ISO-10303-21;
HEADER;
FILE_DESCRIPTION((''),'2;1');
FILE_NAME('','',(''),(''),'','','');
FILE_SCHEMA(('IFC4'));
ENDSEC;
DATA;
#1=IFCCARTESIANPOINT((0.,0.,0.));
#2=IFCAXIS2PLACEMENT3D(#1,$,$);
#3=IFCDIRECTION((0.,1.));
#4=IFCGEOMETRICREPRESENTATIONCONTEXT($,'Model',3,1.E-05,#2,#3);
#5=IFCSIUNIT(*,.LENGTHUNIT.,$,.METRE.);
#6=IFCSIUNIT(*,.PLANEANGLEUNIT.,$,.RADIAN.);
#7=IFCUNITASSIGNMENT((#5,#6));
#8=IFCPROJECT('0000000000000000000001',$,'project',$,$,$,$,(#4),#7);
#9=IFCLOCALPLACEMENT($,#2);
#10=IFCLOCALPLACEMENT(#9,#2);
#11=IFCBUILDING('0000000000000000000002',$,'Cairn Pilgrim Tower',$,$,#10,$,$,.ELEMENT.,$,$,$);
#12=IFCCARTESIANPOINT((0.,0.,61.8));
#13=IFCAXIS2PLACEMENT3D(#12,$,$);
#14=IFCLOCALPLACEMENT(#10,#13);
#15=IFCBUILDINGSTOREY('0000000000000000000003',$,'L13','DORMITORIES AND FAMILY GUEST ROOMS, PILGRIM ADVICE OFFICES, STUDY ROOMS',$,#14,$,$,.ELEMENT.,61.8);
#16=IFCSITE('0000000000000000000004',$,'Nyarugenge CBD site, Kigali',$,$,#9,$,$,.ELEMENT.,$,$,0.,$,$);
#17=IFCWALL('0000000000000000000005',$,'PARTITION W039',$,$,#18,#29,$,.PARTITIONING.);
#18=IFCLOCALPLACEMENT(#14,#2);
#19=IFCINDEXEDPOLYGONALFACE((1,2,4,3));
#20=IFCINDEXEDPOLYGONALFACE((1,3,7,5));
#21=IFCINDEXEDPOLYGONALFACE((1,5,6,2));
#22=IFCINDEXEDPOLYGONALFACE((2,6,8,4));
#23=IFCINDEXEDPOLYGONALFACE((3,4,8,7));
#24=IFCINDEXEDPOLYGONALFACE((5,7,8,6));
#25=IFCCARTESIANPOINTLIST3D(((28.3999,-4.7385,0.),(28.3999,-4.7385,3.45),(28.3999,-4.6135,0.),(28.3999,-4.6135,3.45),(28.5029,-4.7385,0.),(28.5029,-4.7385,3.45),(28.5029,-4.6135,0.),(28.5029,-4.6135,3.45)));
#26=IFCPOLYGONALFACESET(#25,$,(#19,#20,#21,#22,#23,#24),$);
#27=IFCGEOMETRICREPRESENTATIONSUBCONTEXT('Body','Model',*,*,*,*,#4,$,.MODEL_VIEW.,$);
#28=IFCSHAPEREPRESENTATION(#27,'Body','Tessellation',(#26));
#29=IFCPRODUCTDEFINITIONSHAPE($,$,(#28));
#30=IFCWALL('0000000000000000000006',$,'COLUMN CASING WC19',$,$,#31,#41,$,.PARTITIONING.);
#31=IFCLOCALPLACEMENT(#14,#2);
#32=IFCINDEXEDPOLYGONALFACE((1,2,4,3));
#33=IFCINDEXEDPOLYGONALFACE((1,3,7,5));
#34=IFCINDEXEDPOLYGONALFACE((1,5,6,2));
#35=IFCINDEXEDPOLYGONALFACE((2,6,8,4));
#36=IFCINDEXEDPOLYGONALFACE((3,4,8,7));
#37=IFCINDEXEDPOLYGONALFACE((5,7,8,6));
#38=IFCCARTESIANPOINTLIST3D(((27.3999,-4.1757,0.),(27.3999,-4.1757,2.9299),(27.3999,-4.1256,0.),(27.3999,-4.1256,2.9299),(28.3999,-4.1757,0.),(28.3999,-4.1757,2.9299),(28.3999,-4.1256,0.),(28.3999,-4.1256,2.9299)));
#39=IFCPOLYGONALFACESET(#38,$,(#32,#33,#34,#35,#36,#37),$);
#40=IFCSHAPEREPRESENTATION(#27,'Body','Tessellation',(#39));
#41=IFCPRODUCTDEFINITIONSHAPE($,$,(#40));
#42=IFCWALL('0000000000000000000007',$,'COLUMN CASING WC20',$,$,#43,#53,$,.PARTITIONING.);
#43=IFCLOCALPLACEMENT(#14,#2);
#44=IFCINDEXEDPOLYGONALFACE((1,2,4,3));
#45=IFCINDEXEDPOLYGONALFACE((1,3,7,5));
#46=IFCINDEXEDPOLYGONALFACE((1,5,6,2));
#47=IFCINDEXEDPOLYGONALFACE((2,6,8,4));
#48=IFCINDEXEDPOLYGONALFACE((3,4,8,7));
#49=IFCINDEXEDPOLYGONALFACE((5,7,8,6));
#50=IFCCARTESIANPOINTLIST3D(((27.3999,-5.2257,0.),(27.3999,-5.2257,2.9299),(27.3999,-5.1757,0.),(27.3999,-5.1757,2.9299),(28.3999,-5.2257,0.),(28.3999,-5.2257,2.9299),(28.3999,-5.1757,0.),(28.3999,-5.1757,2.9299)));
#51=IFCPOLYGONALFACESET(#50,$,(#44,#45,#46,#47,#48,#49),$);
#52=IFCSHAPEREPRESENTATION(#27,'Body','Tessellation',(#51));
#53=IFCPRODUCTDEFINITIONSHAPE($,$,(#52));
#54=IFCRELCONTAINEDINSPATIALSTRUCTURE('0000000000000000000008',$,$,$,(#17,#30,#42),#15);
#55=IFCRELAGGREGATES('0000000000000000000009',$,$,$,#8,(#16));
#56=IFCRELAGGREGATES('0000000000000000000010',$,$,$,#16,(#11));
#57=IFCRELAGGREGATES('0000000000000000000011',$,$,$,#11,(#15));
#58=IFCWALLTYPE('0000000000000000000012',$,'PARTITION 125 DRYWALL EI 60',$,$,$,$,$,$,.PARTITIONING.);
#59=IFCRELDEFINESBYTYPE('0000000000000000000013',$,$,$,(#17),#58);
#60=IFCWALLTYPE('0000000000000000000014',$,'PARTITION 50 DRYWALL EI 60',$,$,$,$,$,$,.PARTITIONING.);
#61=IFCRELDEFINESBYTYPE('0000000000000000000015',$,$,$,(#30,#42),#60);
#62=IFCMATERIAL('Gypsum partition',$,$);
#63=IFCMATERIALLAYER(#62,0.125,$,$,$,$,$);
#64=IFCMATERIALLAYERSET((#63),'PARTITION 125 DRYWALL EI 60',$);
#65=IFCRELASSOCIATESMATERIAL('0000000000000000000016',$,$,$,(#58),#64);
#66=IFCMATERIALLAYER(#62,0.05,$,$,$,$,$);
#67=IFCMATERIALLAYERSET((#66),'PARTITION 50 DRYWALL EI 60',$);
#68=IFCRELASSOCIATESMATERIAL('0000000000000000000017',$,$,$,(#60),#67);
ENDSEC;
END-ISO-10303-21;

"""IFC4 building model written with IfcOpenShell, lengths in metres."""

from ifc_helpers import new_model, si_unit, direction, frame, frame_2d, origin, place, context, subcontext, project, spatial, rectangle, extrude, material, layer, layer_set, type_object, element, save


model = new_model("IFC4")

# Units and contexts
model_context = context("Model", 3, precision=1e-05, world=origin(), true_north=direction((0.0, 1.0)))
body_context = subcontext(model_context, "Body", "Model", "MODEL_VIEW")
ifc_project = project(units=[si_unit("LENGTHUNIT", "METRE"), si_unit("PLANEANGLEUNIT", "RADIAN")], contexts=[model_context])

# Site, building, storey
site_placement = place(None, origin())
site = spatial("IfcSite", under=ifc_project, at=site_placement, Name="Nyarugenge CBD site, Kigali", CompositionType="ELEMENT", RefElevation=0.0)
building_placement = place(site_placement, origin())
building = spatial("IfcBuilding", under=site, at=building_placement, Name="Cairn Pilgrim Tower", CompositionType="ELEMENT")
storey_placement = place(building_placement, frame((0.0, 0.0, 61.8)))
storey = spatial("IfcBuildingStorey", under=building, at=storey_placement, Name="L13", Description="DORMITORIES AND FAMILY GUEST ROOMS, PILGRIM ADVICE OFFICES, STUDY ROOMS", CompositionType="ELEMENT", Elevation=61.8)

# Walls
ifc_material_1 = material(Name="Gypsum partition")
ifc_layer_1 = layer(ifc_material_1, 0.125)
ifc_layer_set_1 = layer_set([ifc_layer_1], Name="PARTITION 125 DRYWALL EI 60")
wall_type_1 = type_object("IfcWallType", Name="PARTITION 125 DRYWALL EI 60", PredefinedType="PARTITIONING", material=ifc_layer_set_1)
wall_1_placement = place(storey_placement, frame((28.3999, -4.676, 0.0), z_axis=(0.0, 0.0, 1.0), x_axis=(1.0, 0.0, 0.0)))
element("IfcWall", 1, at=wall_1_placement, inside=storey, type_object=wall_type_1, Name="PARTITION W039", PredefinedType="PARTITIONING", context=body_context, shape_type="SweptSolid", body=[
    extrude(rectangle(XDim=0.103, YDim=0.125, at=frame_2d((0.0515, 0.0))), origin(), (0.0, 0.0, 1.0), 3.45),
])
ifc_layer_2 = layer(ifc_material_1, 0.05)
ifc_layer_set_2 = layer_set([ifc_layer_2], Name="PARTITION 50 DRYWALL EI 60")
wall_type_2 = type_object("IfcWallType", Name="PARTITION 50 DRYWALL EI 60", PredefinedType="PARTITIONING", material=ifc_layer_set_2)
for number, where, z_axis, x_axis, name in (
    (2, (27.3999, -4.1506, 0.0), (0.0, 0.0, 1.0), (1.0, 0.0, 0.0), "COLUMN CASING WC19"),
    (3, (27.3999, -5.2007, 0.0), (0.0, 0.0, 1.0), (1.0, 0.0, 0.0), "COLUMN CASING WC20"),
):
    element("IfcWall", number, at=place(storey_placement, frame(where, z_axis=z_axis, x_axis=x_axis)), inside=storey, type_object=wall_type_2, Name=name, PredefinedType="PARTITIONING", context=body_context, shape_type="SweptSolid", body=[
        extrude(rectangle(XDim=1.0, YDim=0.05, at=frame_2d((0.5, 0.0))), origin(), (0.0, 0.0, 1.0), 2.9299),
    ])

save(model, "model.ifc")
